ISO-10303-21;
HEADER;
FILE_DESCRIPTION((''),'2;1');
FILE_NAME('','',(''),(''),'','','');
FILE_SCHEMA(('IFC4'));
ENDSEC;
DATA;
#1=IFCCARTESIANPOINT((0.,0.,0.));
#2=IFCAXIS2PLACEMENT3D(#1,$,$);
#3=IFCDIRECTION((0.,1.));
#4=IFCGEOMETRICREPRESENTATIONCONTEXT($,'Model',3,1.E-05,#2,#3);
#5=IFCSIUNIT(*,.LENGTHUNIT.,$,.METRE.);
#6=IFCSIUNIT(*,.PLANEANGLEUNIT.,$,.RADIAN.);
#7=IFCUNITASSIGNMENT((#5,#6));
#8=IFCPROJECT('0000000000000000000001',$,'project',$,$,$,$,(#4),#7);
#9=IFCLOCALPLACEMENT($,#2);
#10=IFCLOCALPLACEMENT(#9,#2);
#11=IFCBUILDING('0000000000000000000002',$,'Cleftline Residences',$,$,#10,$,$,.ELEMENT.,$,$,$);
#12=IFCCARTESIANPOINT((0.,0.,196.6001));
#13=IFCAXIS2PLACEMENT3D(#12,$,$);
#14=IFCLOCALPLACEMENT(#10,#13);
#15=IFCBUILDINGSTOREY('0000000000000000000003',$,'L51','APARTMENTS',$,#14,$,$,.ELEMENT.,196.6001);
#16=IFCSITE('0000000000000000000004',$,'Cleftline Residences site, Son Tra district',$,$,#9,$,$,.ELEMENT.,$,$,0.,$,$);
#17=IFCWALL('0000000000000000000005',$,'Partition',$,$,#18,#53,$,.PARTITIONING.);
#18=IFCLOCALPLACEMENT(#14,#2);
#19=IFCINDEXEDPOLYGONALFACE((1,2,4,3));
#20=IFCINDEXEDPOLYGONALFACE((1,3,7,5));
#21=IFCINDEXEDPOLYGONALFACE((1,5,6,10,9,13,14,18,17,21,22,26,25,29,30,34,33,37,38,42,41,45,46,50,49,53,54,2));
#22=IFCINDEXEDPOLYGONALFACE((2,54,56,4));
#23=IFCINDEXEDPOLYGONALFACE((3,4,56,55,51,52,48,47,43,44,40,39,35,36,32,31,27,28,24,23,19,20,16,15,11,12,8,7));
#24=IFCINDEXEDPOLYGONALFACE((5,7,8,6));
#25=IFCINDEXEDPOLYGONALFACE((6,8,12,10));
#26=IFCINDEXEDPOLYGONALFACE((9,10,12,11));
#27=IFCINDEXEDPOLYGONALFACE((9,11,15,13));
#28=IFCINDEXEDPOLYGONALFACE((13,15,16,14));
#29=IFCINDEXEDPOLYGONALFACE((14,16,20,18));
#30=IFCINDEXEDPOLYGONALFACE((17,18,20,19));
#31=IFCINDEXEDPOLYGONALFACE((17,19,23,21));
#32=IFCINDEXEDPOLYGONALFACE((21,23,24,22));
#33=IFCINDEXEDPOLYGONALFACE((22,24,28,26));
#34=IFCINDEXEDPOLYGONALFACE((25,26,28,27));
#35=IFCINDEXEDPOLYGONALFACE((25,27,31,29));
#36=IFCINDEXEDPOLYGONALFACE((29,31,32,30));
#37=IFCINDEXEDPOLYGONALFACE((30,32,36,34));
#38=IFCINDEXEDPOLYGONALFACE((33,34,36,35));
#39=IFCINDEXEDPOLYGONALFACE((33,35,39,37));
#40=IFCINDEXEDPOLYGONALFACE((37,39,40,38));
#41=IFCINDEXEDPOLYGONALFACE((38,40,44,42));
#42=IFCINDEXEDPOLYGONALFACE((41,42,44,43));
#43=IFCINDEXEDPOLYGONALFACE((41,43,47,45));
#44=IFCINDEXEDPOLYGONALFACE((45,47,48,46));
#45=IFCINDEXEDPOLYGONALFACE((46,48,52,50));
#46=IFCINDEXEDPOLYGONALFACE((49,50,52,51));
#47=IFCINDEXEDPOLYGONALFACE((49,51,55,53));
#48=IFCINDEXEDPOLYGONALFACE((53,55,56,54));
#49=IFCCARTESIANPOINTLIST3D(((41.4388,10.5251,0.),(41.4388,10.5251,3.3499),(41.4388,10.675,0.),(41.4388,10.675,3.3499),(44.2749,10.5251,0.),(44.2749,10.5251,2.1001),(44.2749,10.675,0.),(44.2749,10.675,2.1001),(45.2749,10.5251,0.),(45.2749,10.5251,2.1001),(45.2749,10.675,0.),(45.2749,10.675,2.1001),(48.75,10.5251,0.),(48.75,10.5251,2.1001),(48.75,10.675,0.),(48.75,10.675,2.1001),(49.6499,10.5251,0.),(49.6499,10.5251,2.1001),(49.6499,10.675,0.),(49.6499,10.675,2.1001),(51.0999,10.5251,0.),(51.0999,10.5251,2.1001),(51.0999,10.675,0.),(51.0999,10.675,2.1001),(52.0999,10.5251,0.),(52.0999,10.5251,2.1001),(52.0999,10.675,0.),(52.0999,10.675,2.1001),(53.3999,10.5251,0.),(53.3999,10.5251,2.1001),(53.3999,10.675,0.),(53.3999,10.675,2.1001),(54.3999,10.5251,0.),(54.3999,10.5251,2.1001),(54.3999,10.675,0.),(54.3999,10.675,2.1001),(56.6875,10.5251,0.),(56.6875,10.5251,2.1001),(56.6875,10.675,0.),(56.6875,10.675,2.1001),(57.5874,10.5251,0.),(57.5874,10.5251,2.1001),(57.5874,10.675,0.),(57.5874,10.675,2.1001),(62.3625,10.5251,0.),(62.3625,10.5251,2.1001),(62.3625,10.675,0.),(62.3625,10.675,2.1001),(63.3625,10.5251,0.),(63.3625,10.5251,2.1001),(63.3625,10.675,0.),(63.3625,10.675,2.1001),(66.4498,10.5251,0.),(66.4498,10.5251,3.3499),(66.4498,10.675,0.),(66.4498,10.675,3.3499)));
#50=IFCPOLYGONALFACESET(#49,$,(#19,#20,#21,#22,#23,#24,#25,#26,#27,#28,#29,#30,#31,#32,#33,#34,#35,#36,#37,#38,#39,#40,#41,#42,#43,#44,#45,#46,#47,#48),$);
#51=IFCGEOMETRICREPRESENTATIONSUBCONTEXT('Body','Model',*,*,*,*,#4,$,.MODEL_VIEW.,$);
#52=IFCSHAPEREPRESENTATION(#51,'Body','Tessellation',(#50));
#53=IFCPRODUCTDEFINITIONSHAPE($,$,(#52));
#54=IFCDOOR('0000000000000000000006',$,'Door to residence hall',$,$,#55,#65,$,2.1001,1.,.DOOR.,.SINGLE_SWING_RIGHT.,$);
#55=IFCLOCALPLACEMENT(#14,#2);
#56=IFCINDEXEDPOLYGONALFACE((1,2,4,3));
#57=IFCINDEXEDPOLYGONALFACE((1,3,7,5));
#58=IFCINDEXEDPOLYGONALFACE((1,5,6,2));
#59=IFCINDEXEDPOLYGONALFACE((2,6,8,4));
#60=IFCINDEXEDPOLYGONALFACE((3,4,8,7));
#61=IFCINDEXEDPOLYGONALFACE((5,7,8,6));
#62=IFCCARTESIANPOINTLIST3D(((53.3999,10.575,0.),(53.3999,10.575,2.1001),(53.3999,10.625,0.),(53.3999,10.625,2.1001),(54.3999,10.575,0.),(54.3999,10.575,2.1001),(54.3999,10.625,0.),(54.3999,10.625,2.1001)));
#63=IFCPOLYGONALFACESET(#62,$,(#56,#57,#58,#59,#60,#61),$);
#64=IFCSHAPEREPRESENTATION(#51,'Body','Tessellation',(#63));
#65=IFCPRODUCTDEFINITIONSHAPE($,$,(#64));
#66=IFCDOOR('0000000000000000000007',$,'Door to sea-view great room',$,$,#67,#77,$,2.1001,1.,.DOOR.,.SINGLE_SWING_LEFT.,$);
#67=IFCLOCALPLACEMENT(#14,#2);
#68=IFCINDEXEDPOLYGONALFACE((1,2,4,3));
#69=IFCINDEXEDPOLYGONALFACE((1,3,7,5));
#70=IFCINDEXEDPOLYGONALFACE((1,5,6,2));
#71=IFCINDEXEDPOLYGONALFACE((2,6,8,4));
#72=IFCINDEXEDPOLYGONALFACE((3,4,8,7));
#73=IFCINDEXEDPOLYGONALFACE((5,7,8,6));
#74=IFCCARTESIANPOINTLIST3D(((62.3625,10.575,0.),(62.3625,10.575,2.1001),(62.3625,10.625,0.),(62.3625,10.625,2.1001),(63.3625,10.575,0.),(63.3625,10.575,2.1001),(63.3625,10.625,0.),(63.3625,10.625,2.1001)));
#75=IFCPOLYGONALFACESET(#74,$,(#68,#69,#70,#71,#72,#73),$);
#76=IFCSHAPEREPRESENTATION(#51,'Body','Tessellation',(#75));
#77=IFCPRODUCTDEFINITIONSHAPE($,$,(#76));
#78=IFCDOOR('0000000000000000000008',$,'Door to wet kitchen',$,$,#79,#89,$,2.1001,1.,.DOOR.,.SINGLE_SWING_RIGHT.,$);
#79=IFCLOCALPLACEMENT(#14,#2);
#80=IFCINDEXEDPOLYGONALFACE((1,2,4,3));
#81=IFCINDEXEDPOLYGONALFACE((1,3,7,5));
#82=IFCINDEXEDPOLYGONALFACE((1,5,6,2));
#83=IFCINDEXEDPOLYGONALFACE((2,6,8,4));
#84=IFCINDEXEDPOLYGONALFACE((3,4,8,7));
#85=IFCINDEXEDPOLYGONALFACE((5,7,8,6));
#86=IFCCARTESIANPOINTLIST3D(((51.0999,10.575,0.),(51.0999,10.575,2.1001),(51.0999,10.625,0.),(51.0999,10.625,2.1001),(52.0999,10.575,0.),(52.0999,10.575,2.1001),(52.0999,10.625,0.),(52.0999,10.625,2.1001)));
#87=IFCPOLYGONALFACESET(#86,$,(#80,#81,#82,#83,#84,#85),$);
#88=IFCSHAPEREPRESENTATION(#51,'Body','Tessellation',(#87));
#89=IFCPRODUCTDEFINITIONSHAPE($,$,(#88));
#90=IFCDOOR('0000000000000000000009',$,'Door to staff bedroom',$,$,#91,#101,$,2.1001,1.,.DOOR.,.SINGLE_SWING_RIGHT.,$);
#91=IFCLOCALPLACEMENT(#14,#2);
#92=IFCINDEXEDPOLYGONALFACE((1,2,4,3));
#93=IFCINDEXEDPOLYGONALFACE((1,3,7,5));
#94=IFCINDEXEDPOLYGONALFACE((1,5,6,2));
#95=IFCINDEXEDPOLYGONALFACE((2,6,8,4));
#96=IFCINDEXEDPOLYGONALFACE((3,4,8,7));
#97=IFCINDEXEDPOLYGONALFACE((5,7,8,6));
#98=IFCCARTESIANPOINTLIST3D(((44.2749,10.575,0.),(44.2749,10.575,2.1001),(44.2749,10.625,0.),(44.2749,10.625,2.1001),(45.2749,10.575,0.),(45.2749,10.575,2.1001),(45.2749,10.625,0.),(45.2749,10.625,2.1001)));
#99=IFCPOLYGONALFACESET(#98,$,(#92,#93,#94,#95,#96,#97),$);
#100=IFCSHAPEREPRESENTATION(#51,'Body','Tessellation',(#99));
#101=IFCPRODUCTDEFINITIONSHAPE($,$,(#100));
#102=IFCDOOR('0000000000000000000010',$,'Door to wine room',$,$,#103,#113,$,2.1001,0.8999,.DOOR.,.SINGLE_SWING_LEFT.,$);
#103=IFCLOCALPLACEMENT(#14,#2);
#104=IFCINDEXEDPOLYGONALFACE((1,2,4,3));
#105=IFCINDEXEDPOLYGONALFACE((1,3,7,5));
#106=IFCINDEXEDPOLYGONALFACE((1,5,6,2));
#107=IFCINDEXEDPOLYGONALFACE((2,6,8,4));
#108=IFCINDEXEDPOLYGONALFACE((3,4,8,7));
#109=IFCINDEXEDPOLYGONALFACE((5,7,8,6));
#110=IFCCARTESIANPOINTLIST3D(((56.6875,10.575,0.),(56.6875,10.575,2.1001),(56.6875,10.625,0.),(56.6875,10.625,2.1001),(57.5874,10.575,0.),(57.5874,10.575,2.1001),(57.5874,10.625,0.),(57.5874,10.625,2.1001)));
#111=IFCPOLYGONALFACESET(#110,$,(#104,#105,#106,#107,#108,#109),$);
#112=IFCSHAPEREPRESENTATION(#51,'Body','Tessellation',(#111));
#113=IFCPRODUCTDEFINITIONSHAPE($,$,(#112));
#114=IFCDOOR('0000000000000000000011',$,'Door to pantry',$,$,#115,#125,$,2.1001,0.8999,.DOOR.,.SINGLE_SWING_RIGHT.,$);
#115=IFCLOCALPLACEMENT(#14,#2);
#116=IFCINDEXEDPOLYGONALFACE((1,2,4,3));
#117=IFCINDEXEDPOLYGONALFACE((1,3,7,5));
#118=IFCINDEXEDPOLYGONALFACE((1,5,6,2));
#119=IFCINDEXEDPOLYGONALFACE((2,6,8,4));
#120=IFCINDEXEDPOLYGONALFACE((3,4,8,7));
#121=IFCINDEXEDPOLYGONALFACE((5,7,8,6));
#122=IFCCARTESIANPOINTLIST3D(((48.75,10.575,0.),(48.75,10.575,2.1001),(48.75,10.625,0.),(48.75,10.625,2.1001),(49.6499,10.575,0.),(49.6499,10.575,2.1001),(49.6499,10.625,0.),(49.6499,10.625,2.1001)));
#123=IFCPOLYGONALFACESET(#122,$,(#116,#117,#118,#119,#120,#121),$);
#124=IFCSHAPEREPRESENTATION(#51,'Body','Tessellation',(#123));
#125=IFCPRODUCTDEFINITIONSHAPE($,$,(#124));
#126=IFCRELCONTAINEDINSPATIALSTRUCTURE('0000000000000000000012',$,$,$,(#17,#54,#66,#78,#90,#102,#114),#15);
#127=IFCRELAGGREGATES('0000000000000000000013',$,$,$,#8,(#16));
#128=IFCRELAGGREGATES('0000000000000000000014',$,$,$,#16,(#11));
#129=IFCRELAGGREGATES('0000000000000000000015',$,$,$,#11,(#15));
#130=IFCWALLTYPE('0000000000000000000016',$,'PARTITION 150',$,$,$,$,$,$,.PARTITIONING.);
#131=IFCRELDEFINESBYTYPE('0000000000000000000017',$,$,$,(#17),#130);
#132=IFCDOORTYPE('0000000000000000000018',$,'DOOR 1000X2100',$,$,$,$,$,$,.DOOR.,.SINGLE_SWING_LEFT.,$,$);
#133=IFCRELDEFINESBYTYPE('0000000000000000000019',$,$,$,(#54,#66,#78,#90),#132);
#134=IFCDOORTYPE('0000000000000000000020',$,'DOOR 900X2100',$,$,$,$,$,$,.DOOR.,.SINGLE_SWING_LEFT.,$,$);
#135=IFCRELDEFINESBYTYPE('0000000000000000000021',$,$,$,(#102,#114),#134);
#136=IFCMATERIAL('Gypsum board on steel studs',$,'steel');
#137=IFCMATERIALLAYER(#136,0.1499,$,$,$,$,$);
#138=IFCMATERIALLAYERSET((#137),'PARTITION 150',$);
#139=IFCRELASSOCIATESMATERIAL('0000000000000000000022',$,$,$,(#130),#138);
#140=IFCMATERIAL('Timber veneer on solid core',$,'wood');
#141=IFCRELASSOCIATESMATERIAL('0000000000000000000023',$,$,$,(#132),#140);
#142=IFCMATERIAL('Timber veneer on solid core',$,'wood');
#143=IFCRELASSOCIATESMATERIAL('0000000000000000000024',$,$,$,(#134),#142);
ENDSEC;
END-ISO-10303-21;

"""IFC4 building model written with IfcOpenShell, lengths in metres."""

from ifc_helpers import new_model, si_unit, direction, frame, frame_2d, origin, place, context, subcontext, project, spatial, rectangle, extrude, material, layer, layer_set, type_object, element, fill, save


model = new_model("IFC4")

# Units and contexts
model_context = context("Model", 3, precision=1e-05, world=origin(), true_north=direction((0.0, 1.0)))
body_context = subcontext(model_context, "Body", "Model", "MODEL_VIEW")
ifc_project = project(units=[si_unit("LENGTHUNIT", "METRE"), si_unit("PLANEANGLEUNIT", "RADIAN")], contexts=[model_context])

# Site, building, storey
site_placement = place(None, origin())
site = spatial("IfcSite", under=ifc_project, at=site_placement, Name="Cleftline Residences site, Son Tra district", CompositionType="ELEMENT", RefElevation=0.0)
building_placement = place(site_placement, origin())
building = spatial("IfcBuilding", under=site, at=building_placement, Name="Cleftline Residences", CompositionType="ELEMENT")
storey_placement = place(building_placement, frame((0.0, 0.0, 196.6001)))
storey = spatial("IfcBuildingStorey", under=building, at=storey_placement, Name="L51", Description="APARTMENTS", CompositionType="ELEMENT", Elevation=196.6001)

# Wall, openings, doors
ifc_material_1 = material(Name="Gypsum board on steel studs", Category="steel")
ifc_layer_1 = layer(ifc_material_1, 0.1499)
ifc_layer_set_1 = layer_set([ifc_layer_1], Name="PARTITION 150")
wall_type_1 = type_object("IfcWallType", Name="PARTITION 150", PredefinedType="PARTITIONING", material=ifc_layer_set_1)
wall_1_placement = place(storey_placement, frame((41.439, 10.6001, 0.0), z_axis=(0.0, 0.0, 1.0), x_axis=(1.0, 0.0, 0.0)))
wall_1 = element("IfcWall", 1, at=wall_1_placement, inside=storey, type_object=wall_type_1, Name="Partition", PredefinedType="PARTITIONING", context=body_context, shape_type="SweptSolid", body=[
    extrude(rectangle(XDim=25.011, YDim=0.1499, at=frame_2d((12.5054, 0.0))), origin(), (0.0, 0.0, 1.0), 3.3499),
])
opening_1_placement = place(wall_1_placement, frame((11.9609, 0.0, 0.0)))
opening_1 = element("IfcOpeningElement", 2, at=opening_1_placement, cuts=wall_1, PredefinedType="OPENING", context=body_context, shape_type="SweptSolid", body=[
    extrude(rectangle(XDim=1.0, YDim=2.1001, at=frame_2d((0.5, 1.05))), frame((0.0, 0.085, 0.0), z_axis=(0.0, -1.0, 0.0), x_axis=(1.0, 0.0, 0.0)), (0.0, 0.0, 1.0), 0.1699),
])
opening_2_placement = place(wall_1_placement, frame((20.9236, 0.0, 0.0)))
opening_2 = element("IfcOpeningElement", 3, at=opening_2_placement, cuts=wall_1, PredefinedType="OPENING", context=body_context, shape_type="SweptSolid", body=[
    extrude(rectangle(XDim=1.0, YDim=2.1001, at=frame_2d((0.5, 1.05))), frame((0.0, 0.085, 0.0), z_axis=(0.0, -1.0, 0.0), x_axis=(1.0, 0.0, 0.0)), (0.0, 0.0, 1.0), 0.1699),
])
opening_3_placement = place(wall_1_placement, frame((15.2485, 0.0, 0.0)))
opening_3 = element("IfcOpeningElement", 4, at=opening_3_placement, cuts=wall_1, PredefinedType="OPENING", context=body_context, shape_type="SweptSolid", body=[
    extrude(rectangle(XDim=0.8999, YDim=2.1001, at=frame_2d((0.45, 1.05))), frame((0.0, 0.085, 0.0), z_axis=(0.0, -1.0, 0.0), x_axis=(1.0, 0.0, 0.0)), (0.0, 0.0, 1.0), 0.1699),
])
opening_4_placement = place(wall_1_placement, frame((9.6609, 0.0, 0.0)))
opening_4 = element("IfcOpeningElement", 5, at=opening_4_placement, cuts=wall_1, PredefinedType="OPENING", context=body_context, shape_type="SweptSolid", body=[
    extrude(rectangle(XDim=1.0, YDim=2.1001, at=frame_2d((0.5, 1.05))), frame((0.0, 0.085, 0.0), z_axis=(0.0, -1.0, 0.0), x_axis=(1.0, 0.0, 0.0)), (0.0, 0.0, 1.0), 0.1699),
])
opening_5_placement = place(wall_1_placement, frame((7.311, 0.0, 0.0)))
opening_5 = element("IfcOpeningElement", 6, at=opening_5_placement, cuts=wall_1, PredefinedType="OPENING", context=body_context, shape_type="SweptSolid", body=[
    extrude(rectangle(XDim=0.8999, YDim=2.1001, at=frame_2d((0.45, 1.05))), frame((0.0, 0.085, 0.0), z_axis=(0.0, -1.0, 0.0), x_axis=(1.0, 0.0, 0.0)), (0.0, 0.0, 1.0), 0.1699),
])
opening_6_placement = place(wall_1_placement, frame((2.8359, 0.0, 0.0)))
opening_6 = element("IfcOpeningElement", 7, at=opening_6_placement, cuts=wall_1, PredefinedType="OPENING", context=body_context, shape_type="SweptSolid", body=[
    extrude(rectangle(XDim=1.0, YDim=2.1001, at=frame_2d((0.5, 1.05))), frame((0.0, 0.085, 0.0), z_axis=(0.0, -1.0, 0.0), x_axis=(1.0, 0.0, 0.0)), (0.0, 0.0, 1.0), 0.1699),
])
ifc_material_2 = material(Name="Timber veneer on solid core", Category="wood")
door_type_1 = type_object("IfcDoorType", Name="DOOR 1000X2100", OperationType="SINGLE_SWING_LEFT", PredefinedType="DOOR", material=ifc_material_2)
door_1_placement = place(opening_1_placement, origin())
door_1 = element("IfcDoor", 8, at=door_1_placement, inside=storey, type_object=door_type_1, Name="Door to residence hall", OperationType="SINGLE_SWING_RIGHT", OverallHeight=2.1001, OverallWidth=1.0, PredefinedType="DOOR", context=body_context, shape_type="SweptSolid", body=[
    extrude(rectangle(XDim=1.0, YDim=2.1001, at=frame_2d((0.5, 1.05))), frame((0.0, 0.0249, 0.0), z_axis=(0.0, -1.0, 0.0), x_axis=(1.0, 0.0, 0.0)), (0.0, 0.0, 1.0), 0.05),
])
fill(opening_1, door_1)
door_2_placement = place(opening_2_placement, origin())
door_2 = element("IfcDoor", 9, at=door_2_placement, inside=storey, type_object=door_type_1, Name="Door to sea-view great room", OperationType="SINGLE_SWING_LEFT", OverallHeight=2.1001, OverallWidth=1.0, PredefinedType="DOOR", context=body_context, shape_type="SweptSolid", body=[
    extrude(rectangle(XDim=1.0, YDim=2.1001, at=frame_2d((0.5, 1.05))), frame((0.0, 0.0249, 0.0), z_axis=(0.0, -1.0, 0.0), x_axis=(1.0, 0.0, 0.0)), (0.0, 0.0, 1.0), 0.05),
])
fill(opening_2, door_2)
door_3_placement = place(opening_4_placement, origin())
door_3 = element("IfcDoor", 10, at=door_3_placement, inside=storey, type_object=door_type_1, Name="Door to wet kitchen", OperationType="SINGLE_SWING_RIGHT", OverallHeight=2.1001, OverallWidth=1.0, PredefinedType="DOOR", context=body_context, shape_type="SweptSolid", body=[
    extrude(rectangle(XDim=1.0, YDim=2.1001, at=frame_2d((0.5, 1.05))), frame((0.0, 0.0249, 0.0), z_axis=(0.0, -1.0, 0.0), x_axis=(1.0, 0.0, 0.0)), (0.0, 0.0, 1.0), 0.05),
])
fill(opening_4, door_3)
door_4_placement = place(opening_6_placement, origin())
door_4 = element("IfcDoor", 11, at=door_4_placement, inside=storey, type_object=door_type_1, Name="Door to staff bedroom", OperationType="SINGLE_SWING_RIGHT", OverallHeight=2.1001, OverallWidth=1.0, PredefinedType="DOOR", context=body_context, shape_type="SweptSolid", body=[
    extrude(rectangle(XDim=1.0, YDim=2.1001, at=frame_2d((0.5, 1.05))), frame((0.0, 0.0249, 0.0), z_axis=(0.0, -1.0, 0.0), x_axis=(1.0, 0.0, 0.0)), (0.0, 0.0, 1.0), 0.05),
])
fill(opening_6, door_4)
ifc_material_3 = material(Name="Timber veneer on solid core", Category="wood")
door_type_2 = type_object("IfcDoorType", Name="DOOR 900X2100", OperationType="SINGLE_SWING_LEFT", PredefinedType="DOOR", material=ifc_material_3)
door_5_placement = place(opening_3_placement, origin())
door_5 = element("IfcDoor", 12, at=door_5_placement, inside=storey, type_object=door_type_2, Name="Door to wine room", OperationType="SINGLE_SWING_LEFT", OverallHeight=2.1001, OverallWidth=0.8999, PredefinedType="DOOR", context=body_context, shape_type="SweptSolid", body=[
    extrude(rectangle(XDim=0.8999, YDim=2.1001, at=frame_2d((0.45, 1.05))), frame((0.0, 0.0249, 0.0), z_axis=(0.0, -1.0, 0.0), x_axis=(1.0, 0.0, 0.0)), (0.0, 0.0, 1.0), 0.05),
])
fill(opening_3, door_5)
door_6_placement = place(opening_5_placement, origin())
door_6 = element("IfcDoor", 13, at=door_6_placement, inside=storey, type_object=door_type_2, Name="Door to pantry", OperationType="SINGLE_SWING_RIGHT", OverallHeight=2.1001, OverallWidth=0.8999, PredefinedType="DOOR", context=body_context, shape_type="SweptSolid", body=[
    extrude(rectangle(XDim=0.8999, YDim=2.1001, at=frame_2d((0.45, 1.05))), frame((0.0, 0.0249, 0.0), z_axis=(0.0, -1.0, 0.0), x_axis=(1.0, 0.0, 0.0)), (0.0, 0.0, 1.0), 0.05),
])
fill(opening_5, door_6)

save(model, "model.ifc")
